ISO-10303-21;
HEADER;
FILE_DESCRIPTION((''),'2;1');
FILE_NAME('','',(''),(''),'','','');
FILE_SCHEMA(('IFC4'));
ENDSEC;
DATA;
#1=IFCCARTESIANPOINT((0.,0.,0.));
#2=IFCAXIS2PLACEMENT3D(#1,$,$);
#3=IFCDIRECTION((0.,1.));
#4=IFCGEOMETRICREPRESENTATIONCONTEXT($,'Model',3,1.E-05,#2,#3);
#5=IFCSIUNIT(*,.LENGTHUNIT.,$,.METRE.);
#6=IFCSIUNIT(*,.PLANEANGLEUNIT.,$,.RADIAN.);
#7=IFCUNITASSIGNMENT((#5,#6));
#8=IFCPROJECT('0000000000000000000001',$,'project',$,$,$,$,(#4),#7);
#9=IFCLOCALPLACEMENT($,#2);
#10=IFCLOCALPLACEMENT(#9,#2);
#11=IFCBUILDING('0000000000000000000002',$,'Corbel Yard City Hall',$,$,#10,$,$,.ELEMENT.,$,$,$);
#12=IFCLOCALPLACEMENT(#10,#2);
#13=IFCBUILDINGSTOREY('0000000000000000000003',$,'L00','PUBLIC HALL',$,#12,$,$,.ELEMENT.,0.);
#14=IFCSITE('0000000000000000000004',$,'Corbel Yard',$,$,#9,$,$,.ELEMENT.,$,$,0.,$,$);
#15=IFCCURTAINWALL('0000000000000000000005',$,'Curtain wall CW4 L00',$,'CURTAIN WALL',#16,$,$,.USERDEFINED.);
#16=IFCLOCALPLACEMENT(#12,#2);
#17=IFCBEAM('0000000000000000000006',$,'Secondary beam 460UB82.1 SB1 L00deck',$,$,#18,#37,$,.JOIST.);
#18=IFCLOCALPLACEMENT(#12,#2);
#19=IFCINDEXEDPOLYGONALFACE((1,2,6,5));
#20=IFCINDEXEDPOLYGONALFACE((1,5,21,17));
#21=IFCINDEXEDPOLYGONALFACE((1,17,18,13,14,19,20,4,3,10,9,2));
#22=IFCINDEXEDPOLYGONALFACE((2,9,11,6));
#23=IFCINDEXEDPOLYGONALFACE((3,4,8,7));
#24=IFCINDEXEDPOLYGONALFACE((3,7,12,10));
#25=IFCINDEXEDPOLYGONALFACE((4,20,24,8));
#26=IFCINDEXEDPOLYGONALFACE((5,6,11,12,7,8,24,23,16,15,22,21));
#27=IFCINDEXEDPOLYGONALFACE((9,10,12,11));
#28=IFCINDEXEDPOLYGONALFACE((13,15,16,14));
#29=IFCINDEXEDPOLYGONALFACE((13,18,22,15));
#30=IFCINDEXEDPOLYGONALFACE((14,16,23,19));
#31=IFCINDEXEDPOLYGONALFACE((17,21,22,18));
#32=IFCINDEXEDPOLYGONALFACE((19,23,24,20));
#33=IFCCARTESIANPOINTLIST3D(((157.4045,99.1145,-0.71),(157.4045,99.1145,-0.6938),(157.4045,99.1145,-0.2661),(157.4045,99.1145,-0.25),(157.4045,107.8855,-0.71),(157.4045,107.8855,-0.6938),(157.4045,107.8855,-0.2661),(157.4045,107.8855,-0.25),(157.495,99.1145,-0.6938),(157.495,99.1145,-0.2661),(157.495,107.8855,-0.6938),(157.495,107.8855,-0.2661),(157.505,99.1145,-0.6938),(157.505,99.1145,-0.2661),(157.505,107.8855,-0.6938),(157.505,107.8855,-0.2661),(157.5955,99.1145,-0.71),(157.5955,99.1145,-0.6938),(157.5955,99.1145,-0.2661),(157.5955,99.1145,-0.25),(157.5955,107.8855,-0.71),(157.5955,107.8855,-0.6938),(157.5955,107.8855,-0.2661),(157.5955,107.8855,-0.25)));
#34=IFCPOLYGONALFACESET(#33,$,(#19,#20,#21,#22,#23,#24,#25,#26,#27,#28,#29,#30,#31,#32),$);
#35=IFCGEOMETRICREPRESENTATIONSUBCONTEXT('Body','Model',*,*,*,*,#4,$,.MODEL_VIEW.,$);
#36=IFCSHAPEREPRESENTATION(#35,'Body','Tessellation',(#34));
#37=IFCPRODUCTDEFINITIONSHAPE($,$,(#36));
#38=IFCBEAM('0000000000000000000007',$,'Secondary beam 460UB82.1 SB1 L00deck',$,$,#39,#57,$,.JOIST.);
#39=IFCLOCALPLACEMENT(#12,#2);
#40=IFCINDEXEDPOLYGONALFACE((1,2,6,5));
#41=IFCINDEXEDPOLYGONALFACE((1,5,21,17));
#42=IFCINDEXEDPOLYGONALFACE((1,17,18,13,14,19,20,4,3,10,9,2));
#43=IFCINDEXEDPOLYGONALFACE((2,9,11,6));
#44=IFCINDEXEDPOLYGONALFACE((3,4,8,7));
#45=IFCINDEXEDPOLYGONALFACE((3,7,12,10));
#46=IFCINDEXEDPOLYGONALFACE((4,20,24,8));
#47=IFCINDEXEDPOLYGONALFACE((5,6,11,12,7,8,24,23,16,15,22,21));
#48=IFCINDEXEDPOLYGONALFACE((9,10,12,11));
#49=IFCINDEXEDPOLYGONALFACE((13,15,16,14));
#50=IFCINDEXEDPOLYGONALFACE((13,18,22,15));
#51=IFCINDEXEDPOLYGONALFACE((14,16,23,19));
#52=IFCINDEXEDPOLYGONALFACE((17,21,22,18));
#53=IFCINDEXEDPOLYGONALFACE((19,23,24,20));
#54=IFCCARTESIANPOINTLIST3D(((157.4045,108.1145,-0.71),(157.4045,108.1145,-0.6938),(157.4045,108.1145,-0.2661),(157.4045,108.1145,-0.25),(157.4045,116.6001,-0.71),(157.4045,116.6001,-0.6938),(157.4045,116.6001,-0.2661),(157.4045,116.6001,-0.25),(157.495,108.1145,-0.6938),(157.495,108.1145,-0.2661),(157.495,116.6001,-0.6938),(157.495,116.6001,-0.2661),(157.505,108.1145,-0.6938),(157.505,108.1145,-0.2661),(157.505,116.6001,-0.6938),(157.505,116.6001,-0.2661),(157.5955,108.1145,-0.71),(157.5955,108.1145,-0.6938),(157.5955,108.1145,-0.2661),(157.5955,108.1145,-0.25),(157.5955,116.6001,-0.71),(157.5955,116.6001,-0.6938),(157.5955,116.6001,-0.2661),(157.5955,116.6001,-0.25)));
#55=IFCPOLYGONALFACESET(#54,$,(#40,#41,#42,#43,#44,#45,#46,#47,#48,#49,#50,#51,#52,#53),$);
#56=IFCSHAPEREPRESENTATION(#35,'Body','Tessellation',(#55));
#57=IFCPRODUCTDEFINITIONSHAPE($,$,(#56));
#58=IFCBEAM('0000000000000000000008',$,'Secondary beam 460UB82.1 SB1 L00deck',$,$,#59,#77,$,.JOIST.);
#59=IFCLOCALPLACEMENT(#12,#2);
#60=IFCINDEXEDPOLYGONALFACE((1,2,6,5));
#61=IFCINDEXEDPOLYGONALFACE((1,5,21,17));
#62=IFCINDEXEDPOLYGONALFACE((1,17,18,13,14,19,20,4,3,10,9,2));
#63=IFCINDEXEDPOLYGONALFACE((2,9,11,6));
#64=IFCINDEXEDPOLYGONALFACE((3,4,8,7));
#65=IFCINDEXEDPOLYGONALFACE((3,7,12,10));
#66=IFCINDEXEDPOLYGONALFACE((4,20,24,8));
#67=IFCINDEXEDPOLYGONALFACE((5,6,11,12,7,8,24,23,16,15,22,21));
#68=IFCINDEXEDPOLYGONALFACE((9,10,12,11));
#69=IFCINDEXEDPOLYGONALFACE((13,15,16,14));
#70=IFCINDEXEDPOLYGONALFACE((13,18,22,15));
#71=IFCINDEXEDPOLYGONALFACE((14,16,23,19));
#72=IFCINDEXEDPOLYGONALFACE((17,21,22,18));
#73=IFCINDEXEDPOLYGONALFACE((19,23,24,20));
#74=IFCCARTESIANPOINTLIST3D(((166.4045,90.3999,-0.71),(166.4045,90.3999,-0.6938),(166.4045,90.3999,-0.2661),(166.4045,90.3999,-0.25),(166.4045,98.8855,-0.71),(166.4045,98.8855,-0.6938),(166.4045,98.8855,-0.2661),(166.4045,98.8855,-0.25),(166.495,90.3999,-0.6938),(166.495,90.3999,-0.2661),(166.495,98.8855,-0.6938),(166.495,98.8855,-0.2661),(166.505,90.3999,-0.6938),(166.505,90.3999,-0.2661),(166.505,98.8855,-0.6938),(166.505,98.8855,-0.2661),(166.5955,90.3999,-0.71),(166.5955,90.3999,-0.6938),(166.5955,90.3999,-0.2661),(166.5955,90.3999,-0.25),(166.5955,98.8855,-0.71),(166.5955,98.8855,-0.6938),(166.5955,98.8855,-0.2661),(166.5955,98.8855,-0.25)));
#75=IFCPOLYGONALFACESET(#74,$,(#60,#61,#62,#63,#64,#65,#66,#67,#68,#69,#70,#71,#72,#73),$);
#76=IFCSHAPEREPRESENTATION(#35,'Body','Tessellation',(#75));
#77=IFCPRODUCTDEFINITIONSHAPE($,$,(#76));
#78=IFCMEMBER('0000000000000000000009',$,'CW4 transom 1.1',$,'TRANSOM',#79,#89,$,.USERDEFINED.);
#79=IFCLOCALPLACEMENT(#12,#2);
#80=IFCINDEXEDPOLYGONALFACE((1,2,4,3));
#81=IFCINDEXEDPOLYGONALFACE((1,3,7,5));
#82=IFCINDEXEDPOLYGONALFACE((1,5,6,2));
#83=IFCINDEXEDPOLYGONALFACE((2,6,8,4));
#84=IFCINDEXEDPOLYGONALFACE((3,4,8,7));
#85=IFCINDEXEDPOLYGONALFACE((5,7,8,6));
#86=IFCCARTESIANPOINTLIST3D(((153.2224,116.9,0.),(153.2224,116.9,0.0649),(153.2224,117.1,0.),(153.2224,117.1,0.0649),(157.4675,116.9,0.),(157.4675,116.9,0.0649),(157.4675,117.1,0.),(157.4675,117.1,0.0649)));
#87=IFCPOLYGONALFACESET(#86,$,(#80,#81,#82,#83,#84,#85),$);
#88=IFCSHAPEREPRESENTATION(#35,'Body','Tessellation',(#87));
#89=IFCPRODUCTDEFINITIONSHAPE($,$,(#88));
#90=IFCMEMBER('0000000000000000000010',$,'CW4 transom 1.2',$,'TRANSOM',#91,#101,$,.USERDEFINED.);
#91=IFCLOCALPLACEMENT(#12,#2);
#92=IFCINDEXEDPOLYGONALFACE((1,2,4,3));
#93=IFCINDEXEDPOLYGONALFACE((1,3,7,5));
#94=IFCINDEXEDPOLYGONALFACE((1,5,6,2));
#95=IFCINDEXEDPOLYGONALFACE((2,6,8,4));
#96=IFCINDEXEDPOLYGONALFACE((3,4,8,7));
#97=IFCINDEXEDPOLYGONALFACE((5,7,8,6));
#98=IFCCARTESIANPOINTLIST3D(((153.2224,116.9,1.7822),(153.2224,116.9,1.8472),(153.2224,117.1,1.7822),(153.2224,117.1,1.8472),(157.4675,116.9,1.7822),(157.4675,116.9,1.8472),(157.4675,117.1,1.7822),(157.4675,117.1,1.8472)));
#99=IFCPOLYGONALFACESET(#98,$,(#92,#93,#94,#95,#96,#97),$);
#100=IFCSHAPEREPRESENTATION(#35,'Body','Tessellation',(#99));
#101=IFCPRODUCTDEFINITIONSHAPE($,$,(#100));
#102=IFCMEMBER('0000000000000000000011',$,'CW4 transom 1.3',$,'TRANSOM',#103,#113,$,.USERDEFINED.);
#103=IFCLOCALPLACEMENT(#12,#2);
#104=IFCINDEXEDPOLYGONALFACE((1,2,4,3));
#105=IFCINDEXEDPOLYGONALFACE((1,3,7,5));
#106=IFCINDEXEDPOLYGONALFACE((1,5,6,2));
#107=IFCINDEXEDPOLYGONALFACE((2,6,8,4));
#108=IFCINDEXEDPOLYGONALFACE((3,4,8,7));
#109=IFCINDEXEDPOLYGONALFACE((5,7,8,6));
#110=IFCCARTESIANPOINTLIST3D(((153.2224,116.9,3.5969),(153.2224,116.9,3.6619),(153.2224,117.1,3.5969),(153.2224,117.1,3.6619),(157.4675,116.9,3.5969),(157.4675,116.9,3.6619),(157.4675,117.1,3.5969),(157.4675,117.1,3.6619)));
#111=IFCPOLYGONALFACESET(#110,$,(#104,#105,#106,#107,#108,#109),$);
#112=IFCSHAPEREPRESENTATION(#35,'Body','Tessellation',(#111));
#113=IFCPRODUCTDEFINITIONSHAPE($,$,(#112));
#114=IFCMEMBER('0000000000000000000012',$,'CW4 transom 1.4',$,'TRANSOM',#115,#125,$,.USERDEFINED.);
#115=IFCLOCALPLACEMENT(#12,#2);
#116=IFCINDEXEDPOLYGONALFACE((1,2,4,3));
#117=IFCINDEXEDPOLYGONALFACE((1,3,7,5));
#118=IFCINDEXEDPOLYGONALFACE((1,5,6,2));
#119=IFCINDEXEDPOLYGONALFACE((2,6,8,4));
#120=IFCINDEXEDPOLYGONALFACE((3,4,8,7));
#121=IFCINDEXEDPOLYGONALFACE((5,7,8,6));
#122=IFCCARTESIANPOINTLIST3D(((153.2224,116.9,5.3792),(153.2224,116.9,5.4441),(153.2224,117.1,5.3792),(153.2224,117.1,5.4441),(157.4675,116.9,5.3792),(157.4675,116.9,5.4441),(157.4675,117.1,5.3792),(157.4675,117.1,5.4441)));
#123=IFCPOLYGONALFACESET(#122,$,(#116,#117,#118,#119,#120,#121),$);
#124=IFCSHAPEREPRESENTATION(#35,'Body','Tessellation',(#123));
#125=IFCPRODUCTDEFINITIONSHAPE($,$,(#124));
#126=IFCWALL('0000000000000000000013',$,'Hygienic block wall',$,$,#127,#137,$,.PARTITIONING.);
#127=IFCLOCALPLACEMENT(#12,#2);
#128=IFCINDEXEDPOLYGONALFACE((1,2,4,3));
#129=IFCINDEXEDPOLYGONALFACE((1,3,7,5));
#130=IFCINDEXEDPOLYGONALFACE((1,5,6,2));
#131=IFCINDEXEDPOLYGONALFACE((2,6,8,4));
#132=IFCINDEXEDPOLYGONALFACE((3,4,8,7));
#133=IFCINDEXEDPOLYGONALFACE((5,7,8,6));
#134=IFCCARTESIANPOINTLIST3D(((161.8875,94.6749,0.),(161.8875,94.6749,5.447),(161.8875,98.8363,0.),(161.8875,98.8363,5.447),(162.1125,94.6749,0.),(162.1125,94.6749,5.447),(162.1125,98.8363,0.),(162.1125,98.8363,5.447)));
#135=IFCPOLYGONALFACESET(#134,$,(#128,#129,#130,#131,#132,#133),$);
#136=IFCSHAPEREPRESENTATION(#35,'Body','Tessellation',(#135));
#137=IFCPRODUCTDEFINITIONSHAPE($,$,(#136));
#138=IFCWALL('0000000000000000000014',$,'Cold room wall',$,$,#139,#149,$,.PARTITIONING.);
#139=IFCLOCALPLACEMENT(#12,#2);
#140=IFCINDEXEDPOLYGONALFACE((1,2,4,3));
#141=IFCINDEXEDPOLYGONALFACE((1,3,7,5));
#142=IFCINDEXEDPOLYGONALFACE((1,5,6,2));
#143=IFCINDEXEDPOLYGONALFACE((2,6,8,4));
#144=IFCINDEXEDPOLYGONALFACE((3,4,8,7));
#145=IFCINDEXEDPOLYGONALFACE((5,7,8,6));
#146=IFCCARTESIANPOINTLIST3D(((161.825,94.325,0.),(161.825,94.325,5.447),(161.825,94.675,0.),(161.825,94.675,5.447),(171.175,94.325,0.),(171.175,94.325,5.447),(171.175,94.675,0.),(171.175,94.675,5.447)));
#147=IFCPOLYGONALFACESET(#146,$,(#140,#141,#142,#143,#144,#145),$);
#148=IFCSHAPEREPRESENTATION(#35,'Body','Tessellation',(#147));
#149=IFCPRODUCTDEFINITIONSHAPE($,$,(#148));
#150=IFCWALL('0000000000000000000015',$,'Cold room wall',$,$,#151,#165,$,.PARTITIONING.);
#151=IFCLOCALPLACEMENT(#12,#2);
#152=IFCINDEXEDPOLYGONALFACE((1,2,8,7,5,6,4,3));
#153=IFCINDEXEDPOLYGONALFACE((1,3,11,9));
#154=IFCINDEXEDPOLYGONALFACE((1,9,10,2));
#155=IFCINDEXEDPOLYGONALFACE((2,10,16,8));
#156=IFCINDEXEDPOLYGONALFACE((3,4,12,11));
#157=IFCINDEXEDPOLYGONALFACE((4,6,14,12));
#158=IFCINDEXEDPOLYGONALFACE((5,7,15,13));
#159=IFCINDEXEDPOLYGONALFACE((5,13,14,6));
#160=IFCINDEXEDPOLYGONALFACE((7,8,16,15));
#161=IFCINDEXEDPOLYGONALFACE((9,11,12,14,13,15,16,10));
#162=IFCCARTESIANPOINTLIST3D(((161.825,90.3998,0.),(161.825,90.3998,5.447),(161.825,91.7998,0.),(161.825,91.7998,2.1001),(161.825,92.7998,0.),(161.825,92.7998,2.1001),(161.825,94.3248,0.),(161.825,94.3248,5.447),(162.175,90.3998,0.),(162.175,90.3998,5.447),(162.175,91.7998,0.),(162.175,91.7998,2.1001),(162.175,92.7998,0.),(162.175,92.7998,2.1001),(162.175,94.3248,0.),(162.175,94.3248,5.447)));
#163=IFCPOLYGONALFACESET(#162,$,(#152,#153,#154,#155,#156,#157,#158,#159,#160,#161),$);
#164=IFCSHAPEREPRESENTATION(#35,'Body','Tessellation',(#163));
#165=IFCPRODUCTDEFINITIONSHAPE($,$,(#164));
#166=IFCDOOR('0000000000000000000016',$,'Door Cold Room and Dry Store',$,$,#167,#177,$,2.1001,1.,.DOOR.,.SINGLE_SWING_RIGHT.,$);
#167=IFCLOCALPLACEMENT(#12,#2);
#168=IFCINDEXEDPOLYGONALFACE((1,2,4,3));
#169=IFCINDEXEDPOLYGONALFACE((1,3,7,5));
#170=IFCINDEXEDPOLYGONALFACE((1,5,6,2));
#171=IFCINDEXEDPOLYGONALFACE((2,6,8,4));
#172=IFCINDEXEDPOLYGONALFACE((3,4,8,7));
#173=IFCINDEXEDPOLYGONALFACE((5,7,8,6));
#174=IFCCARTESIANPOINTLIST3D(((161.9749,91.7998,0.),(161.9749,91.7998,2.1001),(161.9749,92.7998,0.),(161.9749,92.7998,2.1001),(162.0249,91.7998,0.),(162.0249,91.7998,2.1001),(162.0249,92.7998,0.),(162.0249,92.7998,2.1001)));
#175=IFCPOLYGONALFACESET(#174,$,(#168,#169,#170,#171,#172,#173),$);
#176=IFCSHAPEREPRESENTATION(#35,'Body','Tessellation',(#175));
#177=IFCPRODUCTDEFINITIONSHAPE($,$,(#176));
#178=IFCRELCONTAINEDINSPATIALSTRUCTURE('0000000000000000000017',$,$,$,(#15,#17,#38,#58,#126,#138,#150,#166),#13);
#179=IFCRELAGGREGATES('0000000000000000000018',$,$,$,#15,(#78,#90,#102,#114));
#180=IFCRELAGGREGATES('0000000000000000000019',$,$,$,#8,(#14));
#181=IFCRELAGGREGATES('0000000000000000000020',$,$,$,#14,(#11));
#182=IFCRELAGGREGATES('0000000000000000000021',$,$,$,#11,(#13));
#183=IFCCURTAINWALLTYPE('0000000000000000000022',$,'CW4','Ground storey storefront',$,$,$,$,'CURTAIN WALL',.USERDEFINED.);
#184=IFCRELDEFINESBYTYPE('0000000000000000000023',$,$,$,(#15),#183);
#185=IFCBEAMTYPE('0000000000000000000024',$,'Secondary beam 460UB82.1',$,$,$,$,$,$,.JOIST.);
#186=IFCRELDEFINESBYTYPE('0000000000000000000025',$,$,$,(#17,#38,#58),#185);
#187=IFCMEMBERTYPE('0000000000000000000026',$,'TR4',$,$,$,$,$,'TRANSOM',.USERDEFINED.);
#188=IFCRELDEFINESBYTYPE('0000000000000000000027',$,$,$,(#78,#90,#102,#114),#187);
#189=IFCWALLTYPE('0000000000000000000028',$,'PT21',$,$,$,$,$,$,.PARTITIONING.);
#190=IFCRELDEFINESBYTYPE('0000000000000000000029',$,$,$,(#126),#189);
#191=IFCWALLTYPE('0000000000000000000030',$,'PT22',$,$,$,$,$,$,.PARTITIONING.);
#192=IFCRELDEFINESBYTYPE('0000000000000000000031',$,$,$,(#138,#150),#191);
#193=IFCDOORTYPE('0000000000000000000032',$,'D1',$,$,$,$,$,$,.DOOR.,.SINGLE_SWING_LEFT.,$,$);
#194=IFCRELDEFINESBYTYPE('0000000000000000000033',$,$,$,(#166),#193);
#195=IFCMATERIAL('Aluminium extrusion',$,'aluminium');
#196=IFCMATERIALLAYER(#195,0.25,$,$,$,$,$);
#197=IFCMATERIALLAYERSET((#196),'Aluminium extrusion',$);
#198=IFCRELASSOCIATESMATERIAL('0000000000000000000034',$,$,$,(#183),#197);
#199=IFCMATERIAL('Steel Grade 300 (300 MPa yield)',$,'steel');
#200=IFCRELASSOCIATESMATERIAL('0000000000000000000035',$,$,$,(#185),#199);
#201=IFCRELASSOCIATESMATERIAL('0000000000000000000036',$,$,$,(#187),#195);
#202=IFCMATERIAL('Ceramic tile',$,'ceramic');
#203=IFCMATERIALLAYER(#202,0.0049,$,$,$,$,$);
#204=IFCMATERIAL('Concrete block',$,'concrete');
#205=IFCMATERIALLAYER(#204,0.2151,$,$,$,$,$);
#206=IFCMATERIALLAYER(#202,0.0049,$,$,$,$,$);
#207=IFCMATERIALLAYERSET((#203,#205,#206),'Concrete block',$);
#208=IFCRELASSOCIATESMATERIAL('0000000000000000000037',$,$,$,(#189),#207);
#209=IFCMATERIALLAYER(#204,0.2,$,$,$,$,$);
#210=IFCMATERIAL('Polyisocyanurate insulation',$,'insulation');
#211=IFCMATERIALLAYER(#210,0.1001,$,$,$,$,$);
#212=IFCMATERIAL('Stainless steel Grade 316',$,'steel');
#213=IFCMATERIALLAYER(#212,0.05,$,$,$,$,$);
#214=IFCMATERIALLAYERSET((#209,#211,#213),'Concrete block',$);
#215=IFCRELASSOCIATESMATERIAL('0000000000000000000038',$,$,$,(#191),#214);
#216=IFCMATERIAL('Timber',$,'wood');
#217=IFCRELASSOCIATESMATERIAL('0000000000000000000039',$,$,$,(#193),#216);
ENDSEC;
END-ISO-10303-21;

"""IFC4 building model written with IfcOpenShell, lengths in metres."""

from ifc_helpers import new_model, si_unit, direction, frame, frame_2d, origin, origin_2d, place, context, subcontext, project, spatial, rectangle, i_section, extrude, material, layer, layer_set, material_profile, profile_set, type_object, element, fill, aggregate, save


model = new_model("IFC4")

# Units and contexts
model_context = context("Model", 3, precision=1e-05, world=origin(), true_north=direction((0.0, 1.0)))
body_context = subcontext(model_context, "Body", "Model", "MODEL_VIEW")
ifc_project = project(units=[si_unit("LENGTHUNIT", "METRE"), si_unit("PLANEANGLEUNIT", "RADIAN")], contexts=[model_context])

# Site, building, storey
site_placement = place(None, origin())
site = spatial("IfcSite", under=ifc_project, at=site_placement, Name="Corbel Yard", CompositionType="ELEMENT", RefElevation=0.0)
building_placement = place(site_placement, origin())
building = spatial("IfcBuilding", under=site, at=building_placement, Name="Corbel Yard City Hall", CompositionType="ELEMENT")
storey_placement = place(building_placement, origin())
storey = spatial("IfcBuildingStorey", under=building, at=storey_placement, Name="L00", Description="PUBLIC HALL", CompositionType="ELEMENT", Elevation=0.0)

# Shared definitions
ifc_material_1 = material(Name="Steel Grade 300 (300 MPa yield)", Category="steel")

# Curtain wall
ifc_material_2 = material(Name="Aluminium extrusion", Category="aluminium")
ifc_layer_1 = layer(ifc_material_2, 0.25)
ifc_layer_set_1 = layer_set([ifc_layer_1], Name="Aluminium extrusion")
curtain_wall_type = type_object("IfcCurtainWallType", Name="CW4", Description="Ground storey storefront", ElementType="CURTAIN WALL", PredefinedType="USERDEFINED", material=ifc_layer_set_1)
curtain_wall_placement = place(storey_placement, origin())
curtain_wall = element("IfcCurtainWall", 1, at=curtain_wall_placement, inside=storey, type_object=curtain_wall_type, Name="Curtain wall CW4 L00", ObjectType="CURTAIN WALL", PredefinedType="USERDEFINED")

# Beams
ifc_material_profile_1 = material_profile(ifc_material_1, i_section(OverallWidth=0.1909, OverallDepth=0.46, WebThickness=0.01, FlangeThickness=0.0161, at=origin_2d()), Name="460UB82.1")
ifc_profile_set_1 = profile_set([ifc_material_profile_1], Name="Steel Grade 300 (300 MPa yield)")
beam_type_1 = type_object("IfcBeamType", Name="Secondary beam 460UB82.1", PredefinedType="JOIST", material=ifc_profile_set_1)
beam_1_placement = place(storey_placement, frame((157.5, 99.1145, -0.48), z_axis=(0.0, 1.0, 0.0), x_axis=(-1.0, 0.0, 0.0)))
element("IfcBeam", 2, at=beam_1_placement, inside=storey, type_object=beam_type_1, Name="Secondary beam 460UB82.1 SB1 L00deck", PredefinedType="JOIST", context=body_context, shape_type="SweptSolid", body=[
    extrude(i_section(OverallWidth=0.1909, OverallDepth=0.46, WebThickness=0.01, FlangeThickness=0.0161, at=origin_2d()), origin(), (0.0, 0.0, 1.0), 8.771),
])
for number, where, z_axis, x_axis, name in (
    (3, (157.5, 108.1145, -0.48), (0.0, 1.0, 0.0), (-1.0, 0.0, 0.0), "Secondary beam 460UB82.1 SB1 L00deck"),
    (4, (166.5, 90.3999, -0.48), (0.0, 1.0, 0.0), (-1.0, 0.0, 0.0), "Secondary beam 460UB82.1 SB1 L00deck"),
):
    element("IfcBeam", number, at=place(storey_placement, frame(where, z_axis=z_axis, x_axis=x_axis)), inside=storey, type_object=beam_type_1, Name=name, PredefinedType="JOIST", context=body_context, shape_type="SweptSolid", body=[
        extrude(i_section(OverallWidth=0.1909, OverallDepth=0.46, WebThickness=0.01, FlangeThickness=0.0161, at=origin_2d()), origin(), (0.0, 0.0, 1.0), 8.4856),
    ])

# Members
ifc_material_profile_2 = material_profile(ifc_material_2, rectangle(XDim=0.2, YDim=0.0649, at=origin_2d()), Name="200x65")
ifc_profile_set_2 = profile_set([ifc_material_profile_2], Name="Aluminium extrusion")
member_type_1 = type_object("IfcMemberType", Name="TR4", ElementType="TRANSOM", PredefinedType="USERDEFINED", material=ifc_profile_set_2)
member_1_placement = place(storey_placement, frame((153.2224, 117.0, 0.0325), z_axis=(1.0, 0.0, 0.0), x_axis=(0.0, 1.0, 0.0)))
member_1 = element("IfcMember", 5, at=member_1_placement, type_object=member_type_1, Name="CW4 transom 1.1", ObjectType="TRANSOM", PredefinedType="USERDEFINED", context=body_context, shape_type="SweptSolid", body=[
    extrude(rectangle(XDim=0.2, YDim=0.0649, at=origin_2d()), origin(), (0.0, 0.0, 1.0), 4.2451),
])
member_2_placement = place(storey_placement, frame((153.2224, 117.0, 1.8147), z_axis=(1.0, 0.0, 0.0), x_axis=(0.0, 1.0, 0.0)))
member_2 = element("IfcMember", 6, at=member_2_placement, type_object=member_type_1, Name="CW4 transom 1.2", ObjectType="TRANSOM", PredefinedType="USERDEFINED", context=body_context, shape_type="SweptSolid", body=[
    extrude(rectangle(XDim=0.2, YDim=0.0649, at=origin_2d()), origin(), (0.0, 0.0, 1.0), 4.2451),
])
member_3_placement = place(storey_placement, frame((153.2224, 117.0, 3.6294), z_axis=(1.0, 0.0, 0.0), x_axis=(0.0, 1.0, 0.0)))
member_3 = element("IfcMember", 7, at=member_3_placement, type_object=member_type_1, Name="CW4 transom 1.3", ObjectType="TRANSOM", PredefinedType="USERDEFINED", context=body_context, shape_type="SweptSolid", body=[
    extrude(rectangle(XDim=0.2, YDim=0.0649, at=origin_2d()), origin(), (0.0, 0.0, 1.0), 4.2451),
])
member_4_placement = place(storey_placement, frame((153.2224, 117.0, 5.4116), z_axis=(1.0, 0.0, 0.0), x_axis=(0.0, 1.0, 0.0)))
member_4 = element("IfcMember", 8, at=member_4_placement, type_object=member_type_1, Name="CW4 transom 1.4", ObjectType="TRANSOM", PredefinedType="USERDEFINED", context=body_context, shape_type="SweptSolid", body=[
    extrude(rectangle(XDim=0.2, YDim=0.0649, at=origin_2d()), origin(), (0.0, 0.0, 1.0), 4.2451),
])
aggregate(curtain_wall, [member_1, member_2, member_3, member_4])

# Walls
ifc_material_3 = material(Name="Ceramic tile", Category="ceramic")
ifc_layer_2 = layer(ifc_material_3, 0.0049)
ifc_material_4 = material(Name="Concrete block", Category="concrete")
ifc_layer_3 = layer(ifc_material_4, 0.2151)
ifc_layer_4 = layer(ifc_material_3, 0.0049)
ifc_layer_set_2 = layer_set([ifc_layer_2, ifc_layer_3, ifc_layer_4], Name="Concrete block")
wall_type_1 = type_object("IfcWallType", Name="PT21", PredefinedType="PARTITIONING", material=ifc_layer_set_2)
wall_1_placement = place(storey_placement, frame((162.0, 94.675, 0.0), z_axis=(0.0, 0.0, 1.0), x_axis=(0.0, 1.0, 0.0)))
element("IfcWall", 9, at=wall_1_placement, inside=storey, type_object=wall_type_1, Name="Hygienic block wall", PredefinedType="PARTITIONING", context=body_context, shape_type="SweptSolid", body=[
    extrude(rectangle(XDim=4.1614, YDim=0.2251, at=frame_2d((2.0806, 0.0))), origin(), (0.0, 0.0, 1.0), 5.447),
])
ifc_layer_5 = layer(ifc_material_4, 0.2)
ifc_material_5 = material(Name="Polyisocyanurate insulation", Category="insulation")
ifc_layer_6 = layer(ifc_material_5, 0.1001)
ifc_material_6 = material(Name="Stainless steel Grade 316", Category="steel")
ifc_layer_7 = layer(ifc_material_6, 0.05)
ifc_layer_set_3 = layer_set([ifc_layer_5, ifc_layer_6, ifc_layer_7], Name="Concrete block")
wall_type_2 = type_object("IfcWallType", Name="PT22", PredefinedType="PARTITIONING", material=ifc_layer_set_3)
wall_2_placement = place(storey_placement, frame((161.825, 94.5, 0.0), z_axis=(0.0, 0.0, 1.0), x_axis=(1.0, 0.0, 0.0)))
element("IfcWall", 10, at=wall_2_placement, inside=storey, type_object=wall_type_2, Name="Cold room wall", PredefinedType="PARTITIONING", context=body_context, shape_type="SweptSolid", body=[
    extrude(rectangle(XDim=9.3501, YDim=0.3501, at=frame_2d((4.675, 0.0))), origin(), (0.0, 0.0, 1.0), 5.447),
])

# Wall, opening, door
wall_3_placement = place(storey_placement, frame((162.0, 90.3999, 0.0), z_axis=(0.0, 0.0, 1.0), x_axis=(0.0, 1.0, 0.0)))
wall_3 = element("IfcWall", 11, at=wall_3_placement, inside=storey, type_object=wall_type_2, Name="Cold room wall", PredefinedType="PARTITIONING", context=body_context, shape_type="SweptSolid", body=[
    extrude(rectangle(XDim=3.925, YDim=0.3501, at=frame_2d((1.9624, 0.0))), origin(), (0.0, 0.0, 1.0), 5.447),
])
opening_placement = place(wall_3_placement, frame((1.3999, 0.0, 0.0)))
opening = element("IfcOpeningElement", 12, at=opening_placement, cuts=wall_3, PredefinedType="OPENING", context=body_context, shape_type="SweptSolid", body=[
    extrude(rectangle(XDim=1.0, YDim=2.1001, at=frame_2d((0.5, 1.05))), frame((0.0, 0.1851, 0.0), z_axis=(0.0, -1.0, 0.0), x_axis=(1.0, 0.0, 0.0)), (0.0, 0.0, 1.0), 0.3701),
])
ifc_material_7 = material(Name="Timber", Category="wood")
door_type = type_object("IfcDoorType", Name="D1", OperationType="SINGLE_SWING_LEFT", PredefinedType="DOOR", material=ifc_material_7)
door_placement = place(opening_placement, frame((1.0, 0.0, 0.0), z_axis=(0.0, 0.0, 1.0), x_axis=(-1.0, 0.0, 0.0)))
door = element("IfcDoor", 13, at=door_placement, inside=storey, type_object=door_type, Name="Door Cold Room and Dry Store", OperationType="SINGLE_SWING_RIGHT", OverallHeight=2.1001, OverallWidth=1.0, PredefinedType="DOOR", context=body_context, shape_type="SweptSolid", body=[
    extrude(rectangle(XDim=1.0, YDim=2.1001, at=frame_2d((0.5, 1.05))), frame((0.0, 0.0249, 0.0), z_axis=(0.0, -1.0, 0.0), x_axis=(1.0, 0.0, 0.0)), (0.0, 0.0, 1.0), 0.05),
])
fill(opening, door)

save(model, "model.ifc")
